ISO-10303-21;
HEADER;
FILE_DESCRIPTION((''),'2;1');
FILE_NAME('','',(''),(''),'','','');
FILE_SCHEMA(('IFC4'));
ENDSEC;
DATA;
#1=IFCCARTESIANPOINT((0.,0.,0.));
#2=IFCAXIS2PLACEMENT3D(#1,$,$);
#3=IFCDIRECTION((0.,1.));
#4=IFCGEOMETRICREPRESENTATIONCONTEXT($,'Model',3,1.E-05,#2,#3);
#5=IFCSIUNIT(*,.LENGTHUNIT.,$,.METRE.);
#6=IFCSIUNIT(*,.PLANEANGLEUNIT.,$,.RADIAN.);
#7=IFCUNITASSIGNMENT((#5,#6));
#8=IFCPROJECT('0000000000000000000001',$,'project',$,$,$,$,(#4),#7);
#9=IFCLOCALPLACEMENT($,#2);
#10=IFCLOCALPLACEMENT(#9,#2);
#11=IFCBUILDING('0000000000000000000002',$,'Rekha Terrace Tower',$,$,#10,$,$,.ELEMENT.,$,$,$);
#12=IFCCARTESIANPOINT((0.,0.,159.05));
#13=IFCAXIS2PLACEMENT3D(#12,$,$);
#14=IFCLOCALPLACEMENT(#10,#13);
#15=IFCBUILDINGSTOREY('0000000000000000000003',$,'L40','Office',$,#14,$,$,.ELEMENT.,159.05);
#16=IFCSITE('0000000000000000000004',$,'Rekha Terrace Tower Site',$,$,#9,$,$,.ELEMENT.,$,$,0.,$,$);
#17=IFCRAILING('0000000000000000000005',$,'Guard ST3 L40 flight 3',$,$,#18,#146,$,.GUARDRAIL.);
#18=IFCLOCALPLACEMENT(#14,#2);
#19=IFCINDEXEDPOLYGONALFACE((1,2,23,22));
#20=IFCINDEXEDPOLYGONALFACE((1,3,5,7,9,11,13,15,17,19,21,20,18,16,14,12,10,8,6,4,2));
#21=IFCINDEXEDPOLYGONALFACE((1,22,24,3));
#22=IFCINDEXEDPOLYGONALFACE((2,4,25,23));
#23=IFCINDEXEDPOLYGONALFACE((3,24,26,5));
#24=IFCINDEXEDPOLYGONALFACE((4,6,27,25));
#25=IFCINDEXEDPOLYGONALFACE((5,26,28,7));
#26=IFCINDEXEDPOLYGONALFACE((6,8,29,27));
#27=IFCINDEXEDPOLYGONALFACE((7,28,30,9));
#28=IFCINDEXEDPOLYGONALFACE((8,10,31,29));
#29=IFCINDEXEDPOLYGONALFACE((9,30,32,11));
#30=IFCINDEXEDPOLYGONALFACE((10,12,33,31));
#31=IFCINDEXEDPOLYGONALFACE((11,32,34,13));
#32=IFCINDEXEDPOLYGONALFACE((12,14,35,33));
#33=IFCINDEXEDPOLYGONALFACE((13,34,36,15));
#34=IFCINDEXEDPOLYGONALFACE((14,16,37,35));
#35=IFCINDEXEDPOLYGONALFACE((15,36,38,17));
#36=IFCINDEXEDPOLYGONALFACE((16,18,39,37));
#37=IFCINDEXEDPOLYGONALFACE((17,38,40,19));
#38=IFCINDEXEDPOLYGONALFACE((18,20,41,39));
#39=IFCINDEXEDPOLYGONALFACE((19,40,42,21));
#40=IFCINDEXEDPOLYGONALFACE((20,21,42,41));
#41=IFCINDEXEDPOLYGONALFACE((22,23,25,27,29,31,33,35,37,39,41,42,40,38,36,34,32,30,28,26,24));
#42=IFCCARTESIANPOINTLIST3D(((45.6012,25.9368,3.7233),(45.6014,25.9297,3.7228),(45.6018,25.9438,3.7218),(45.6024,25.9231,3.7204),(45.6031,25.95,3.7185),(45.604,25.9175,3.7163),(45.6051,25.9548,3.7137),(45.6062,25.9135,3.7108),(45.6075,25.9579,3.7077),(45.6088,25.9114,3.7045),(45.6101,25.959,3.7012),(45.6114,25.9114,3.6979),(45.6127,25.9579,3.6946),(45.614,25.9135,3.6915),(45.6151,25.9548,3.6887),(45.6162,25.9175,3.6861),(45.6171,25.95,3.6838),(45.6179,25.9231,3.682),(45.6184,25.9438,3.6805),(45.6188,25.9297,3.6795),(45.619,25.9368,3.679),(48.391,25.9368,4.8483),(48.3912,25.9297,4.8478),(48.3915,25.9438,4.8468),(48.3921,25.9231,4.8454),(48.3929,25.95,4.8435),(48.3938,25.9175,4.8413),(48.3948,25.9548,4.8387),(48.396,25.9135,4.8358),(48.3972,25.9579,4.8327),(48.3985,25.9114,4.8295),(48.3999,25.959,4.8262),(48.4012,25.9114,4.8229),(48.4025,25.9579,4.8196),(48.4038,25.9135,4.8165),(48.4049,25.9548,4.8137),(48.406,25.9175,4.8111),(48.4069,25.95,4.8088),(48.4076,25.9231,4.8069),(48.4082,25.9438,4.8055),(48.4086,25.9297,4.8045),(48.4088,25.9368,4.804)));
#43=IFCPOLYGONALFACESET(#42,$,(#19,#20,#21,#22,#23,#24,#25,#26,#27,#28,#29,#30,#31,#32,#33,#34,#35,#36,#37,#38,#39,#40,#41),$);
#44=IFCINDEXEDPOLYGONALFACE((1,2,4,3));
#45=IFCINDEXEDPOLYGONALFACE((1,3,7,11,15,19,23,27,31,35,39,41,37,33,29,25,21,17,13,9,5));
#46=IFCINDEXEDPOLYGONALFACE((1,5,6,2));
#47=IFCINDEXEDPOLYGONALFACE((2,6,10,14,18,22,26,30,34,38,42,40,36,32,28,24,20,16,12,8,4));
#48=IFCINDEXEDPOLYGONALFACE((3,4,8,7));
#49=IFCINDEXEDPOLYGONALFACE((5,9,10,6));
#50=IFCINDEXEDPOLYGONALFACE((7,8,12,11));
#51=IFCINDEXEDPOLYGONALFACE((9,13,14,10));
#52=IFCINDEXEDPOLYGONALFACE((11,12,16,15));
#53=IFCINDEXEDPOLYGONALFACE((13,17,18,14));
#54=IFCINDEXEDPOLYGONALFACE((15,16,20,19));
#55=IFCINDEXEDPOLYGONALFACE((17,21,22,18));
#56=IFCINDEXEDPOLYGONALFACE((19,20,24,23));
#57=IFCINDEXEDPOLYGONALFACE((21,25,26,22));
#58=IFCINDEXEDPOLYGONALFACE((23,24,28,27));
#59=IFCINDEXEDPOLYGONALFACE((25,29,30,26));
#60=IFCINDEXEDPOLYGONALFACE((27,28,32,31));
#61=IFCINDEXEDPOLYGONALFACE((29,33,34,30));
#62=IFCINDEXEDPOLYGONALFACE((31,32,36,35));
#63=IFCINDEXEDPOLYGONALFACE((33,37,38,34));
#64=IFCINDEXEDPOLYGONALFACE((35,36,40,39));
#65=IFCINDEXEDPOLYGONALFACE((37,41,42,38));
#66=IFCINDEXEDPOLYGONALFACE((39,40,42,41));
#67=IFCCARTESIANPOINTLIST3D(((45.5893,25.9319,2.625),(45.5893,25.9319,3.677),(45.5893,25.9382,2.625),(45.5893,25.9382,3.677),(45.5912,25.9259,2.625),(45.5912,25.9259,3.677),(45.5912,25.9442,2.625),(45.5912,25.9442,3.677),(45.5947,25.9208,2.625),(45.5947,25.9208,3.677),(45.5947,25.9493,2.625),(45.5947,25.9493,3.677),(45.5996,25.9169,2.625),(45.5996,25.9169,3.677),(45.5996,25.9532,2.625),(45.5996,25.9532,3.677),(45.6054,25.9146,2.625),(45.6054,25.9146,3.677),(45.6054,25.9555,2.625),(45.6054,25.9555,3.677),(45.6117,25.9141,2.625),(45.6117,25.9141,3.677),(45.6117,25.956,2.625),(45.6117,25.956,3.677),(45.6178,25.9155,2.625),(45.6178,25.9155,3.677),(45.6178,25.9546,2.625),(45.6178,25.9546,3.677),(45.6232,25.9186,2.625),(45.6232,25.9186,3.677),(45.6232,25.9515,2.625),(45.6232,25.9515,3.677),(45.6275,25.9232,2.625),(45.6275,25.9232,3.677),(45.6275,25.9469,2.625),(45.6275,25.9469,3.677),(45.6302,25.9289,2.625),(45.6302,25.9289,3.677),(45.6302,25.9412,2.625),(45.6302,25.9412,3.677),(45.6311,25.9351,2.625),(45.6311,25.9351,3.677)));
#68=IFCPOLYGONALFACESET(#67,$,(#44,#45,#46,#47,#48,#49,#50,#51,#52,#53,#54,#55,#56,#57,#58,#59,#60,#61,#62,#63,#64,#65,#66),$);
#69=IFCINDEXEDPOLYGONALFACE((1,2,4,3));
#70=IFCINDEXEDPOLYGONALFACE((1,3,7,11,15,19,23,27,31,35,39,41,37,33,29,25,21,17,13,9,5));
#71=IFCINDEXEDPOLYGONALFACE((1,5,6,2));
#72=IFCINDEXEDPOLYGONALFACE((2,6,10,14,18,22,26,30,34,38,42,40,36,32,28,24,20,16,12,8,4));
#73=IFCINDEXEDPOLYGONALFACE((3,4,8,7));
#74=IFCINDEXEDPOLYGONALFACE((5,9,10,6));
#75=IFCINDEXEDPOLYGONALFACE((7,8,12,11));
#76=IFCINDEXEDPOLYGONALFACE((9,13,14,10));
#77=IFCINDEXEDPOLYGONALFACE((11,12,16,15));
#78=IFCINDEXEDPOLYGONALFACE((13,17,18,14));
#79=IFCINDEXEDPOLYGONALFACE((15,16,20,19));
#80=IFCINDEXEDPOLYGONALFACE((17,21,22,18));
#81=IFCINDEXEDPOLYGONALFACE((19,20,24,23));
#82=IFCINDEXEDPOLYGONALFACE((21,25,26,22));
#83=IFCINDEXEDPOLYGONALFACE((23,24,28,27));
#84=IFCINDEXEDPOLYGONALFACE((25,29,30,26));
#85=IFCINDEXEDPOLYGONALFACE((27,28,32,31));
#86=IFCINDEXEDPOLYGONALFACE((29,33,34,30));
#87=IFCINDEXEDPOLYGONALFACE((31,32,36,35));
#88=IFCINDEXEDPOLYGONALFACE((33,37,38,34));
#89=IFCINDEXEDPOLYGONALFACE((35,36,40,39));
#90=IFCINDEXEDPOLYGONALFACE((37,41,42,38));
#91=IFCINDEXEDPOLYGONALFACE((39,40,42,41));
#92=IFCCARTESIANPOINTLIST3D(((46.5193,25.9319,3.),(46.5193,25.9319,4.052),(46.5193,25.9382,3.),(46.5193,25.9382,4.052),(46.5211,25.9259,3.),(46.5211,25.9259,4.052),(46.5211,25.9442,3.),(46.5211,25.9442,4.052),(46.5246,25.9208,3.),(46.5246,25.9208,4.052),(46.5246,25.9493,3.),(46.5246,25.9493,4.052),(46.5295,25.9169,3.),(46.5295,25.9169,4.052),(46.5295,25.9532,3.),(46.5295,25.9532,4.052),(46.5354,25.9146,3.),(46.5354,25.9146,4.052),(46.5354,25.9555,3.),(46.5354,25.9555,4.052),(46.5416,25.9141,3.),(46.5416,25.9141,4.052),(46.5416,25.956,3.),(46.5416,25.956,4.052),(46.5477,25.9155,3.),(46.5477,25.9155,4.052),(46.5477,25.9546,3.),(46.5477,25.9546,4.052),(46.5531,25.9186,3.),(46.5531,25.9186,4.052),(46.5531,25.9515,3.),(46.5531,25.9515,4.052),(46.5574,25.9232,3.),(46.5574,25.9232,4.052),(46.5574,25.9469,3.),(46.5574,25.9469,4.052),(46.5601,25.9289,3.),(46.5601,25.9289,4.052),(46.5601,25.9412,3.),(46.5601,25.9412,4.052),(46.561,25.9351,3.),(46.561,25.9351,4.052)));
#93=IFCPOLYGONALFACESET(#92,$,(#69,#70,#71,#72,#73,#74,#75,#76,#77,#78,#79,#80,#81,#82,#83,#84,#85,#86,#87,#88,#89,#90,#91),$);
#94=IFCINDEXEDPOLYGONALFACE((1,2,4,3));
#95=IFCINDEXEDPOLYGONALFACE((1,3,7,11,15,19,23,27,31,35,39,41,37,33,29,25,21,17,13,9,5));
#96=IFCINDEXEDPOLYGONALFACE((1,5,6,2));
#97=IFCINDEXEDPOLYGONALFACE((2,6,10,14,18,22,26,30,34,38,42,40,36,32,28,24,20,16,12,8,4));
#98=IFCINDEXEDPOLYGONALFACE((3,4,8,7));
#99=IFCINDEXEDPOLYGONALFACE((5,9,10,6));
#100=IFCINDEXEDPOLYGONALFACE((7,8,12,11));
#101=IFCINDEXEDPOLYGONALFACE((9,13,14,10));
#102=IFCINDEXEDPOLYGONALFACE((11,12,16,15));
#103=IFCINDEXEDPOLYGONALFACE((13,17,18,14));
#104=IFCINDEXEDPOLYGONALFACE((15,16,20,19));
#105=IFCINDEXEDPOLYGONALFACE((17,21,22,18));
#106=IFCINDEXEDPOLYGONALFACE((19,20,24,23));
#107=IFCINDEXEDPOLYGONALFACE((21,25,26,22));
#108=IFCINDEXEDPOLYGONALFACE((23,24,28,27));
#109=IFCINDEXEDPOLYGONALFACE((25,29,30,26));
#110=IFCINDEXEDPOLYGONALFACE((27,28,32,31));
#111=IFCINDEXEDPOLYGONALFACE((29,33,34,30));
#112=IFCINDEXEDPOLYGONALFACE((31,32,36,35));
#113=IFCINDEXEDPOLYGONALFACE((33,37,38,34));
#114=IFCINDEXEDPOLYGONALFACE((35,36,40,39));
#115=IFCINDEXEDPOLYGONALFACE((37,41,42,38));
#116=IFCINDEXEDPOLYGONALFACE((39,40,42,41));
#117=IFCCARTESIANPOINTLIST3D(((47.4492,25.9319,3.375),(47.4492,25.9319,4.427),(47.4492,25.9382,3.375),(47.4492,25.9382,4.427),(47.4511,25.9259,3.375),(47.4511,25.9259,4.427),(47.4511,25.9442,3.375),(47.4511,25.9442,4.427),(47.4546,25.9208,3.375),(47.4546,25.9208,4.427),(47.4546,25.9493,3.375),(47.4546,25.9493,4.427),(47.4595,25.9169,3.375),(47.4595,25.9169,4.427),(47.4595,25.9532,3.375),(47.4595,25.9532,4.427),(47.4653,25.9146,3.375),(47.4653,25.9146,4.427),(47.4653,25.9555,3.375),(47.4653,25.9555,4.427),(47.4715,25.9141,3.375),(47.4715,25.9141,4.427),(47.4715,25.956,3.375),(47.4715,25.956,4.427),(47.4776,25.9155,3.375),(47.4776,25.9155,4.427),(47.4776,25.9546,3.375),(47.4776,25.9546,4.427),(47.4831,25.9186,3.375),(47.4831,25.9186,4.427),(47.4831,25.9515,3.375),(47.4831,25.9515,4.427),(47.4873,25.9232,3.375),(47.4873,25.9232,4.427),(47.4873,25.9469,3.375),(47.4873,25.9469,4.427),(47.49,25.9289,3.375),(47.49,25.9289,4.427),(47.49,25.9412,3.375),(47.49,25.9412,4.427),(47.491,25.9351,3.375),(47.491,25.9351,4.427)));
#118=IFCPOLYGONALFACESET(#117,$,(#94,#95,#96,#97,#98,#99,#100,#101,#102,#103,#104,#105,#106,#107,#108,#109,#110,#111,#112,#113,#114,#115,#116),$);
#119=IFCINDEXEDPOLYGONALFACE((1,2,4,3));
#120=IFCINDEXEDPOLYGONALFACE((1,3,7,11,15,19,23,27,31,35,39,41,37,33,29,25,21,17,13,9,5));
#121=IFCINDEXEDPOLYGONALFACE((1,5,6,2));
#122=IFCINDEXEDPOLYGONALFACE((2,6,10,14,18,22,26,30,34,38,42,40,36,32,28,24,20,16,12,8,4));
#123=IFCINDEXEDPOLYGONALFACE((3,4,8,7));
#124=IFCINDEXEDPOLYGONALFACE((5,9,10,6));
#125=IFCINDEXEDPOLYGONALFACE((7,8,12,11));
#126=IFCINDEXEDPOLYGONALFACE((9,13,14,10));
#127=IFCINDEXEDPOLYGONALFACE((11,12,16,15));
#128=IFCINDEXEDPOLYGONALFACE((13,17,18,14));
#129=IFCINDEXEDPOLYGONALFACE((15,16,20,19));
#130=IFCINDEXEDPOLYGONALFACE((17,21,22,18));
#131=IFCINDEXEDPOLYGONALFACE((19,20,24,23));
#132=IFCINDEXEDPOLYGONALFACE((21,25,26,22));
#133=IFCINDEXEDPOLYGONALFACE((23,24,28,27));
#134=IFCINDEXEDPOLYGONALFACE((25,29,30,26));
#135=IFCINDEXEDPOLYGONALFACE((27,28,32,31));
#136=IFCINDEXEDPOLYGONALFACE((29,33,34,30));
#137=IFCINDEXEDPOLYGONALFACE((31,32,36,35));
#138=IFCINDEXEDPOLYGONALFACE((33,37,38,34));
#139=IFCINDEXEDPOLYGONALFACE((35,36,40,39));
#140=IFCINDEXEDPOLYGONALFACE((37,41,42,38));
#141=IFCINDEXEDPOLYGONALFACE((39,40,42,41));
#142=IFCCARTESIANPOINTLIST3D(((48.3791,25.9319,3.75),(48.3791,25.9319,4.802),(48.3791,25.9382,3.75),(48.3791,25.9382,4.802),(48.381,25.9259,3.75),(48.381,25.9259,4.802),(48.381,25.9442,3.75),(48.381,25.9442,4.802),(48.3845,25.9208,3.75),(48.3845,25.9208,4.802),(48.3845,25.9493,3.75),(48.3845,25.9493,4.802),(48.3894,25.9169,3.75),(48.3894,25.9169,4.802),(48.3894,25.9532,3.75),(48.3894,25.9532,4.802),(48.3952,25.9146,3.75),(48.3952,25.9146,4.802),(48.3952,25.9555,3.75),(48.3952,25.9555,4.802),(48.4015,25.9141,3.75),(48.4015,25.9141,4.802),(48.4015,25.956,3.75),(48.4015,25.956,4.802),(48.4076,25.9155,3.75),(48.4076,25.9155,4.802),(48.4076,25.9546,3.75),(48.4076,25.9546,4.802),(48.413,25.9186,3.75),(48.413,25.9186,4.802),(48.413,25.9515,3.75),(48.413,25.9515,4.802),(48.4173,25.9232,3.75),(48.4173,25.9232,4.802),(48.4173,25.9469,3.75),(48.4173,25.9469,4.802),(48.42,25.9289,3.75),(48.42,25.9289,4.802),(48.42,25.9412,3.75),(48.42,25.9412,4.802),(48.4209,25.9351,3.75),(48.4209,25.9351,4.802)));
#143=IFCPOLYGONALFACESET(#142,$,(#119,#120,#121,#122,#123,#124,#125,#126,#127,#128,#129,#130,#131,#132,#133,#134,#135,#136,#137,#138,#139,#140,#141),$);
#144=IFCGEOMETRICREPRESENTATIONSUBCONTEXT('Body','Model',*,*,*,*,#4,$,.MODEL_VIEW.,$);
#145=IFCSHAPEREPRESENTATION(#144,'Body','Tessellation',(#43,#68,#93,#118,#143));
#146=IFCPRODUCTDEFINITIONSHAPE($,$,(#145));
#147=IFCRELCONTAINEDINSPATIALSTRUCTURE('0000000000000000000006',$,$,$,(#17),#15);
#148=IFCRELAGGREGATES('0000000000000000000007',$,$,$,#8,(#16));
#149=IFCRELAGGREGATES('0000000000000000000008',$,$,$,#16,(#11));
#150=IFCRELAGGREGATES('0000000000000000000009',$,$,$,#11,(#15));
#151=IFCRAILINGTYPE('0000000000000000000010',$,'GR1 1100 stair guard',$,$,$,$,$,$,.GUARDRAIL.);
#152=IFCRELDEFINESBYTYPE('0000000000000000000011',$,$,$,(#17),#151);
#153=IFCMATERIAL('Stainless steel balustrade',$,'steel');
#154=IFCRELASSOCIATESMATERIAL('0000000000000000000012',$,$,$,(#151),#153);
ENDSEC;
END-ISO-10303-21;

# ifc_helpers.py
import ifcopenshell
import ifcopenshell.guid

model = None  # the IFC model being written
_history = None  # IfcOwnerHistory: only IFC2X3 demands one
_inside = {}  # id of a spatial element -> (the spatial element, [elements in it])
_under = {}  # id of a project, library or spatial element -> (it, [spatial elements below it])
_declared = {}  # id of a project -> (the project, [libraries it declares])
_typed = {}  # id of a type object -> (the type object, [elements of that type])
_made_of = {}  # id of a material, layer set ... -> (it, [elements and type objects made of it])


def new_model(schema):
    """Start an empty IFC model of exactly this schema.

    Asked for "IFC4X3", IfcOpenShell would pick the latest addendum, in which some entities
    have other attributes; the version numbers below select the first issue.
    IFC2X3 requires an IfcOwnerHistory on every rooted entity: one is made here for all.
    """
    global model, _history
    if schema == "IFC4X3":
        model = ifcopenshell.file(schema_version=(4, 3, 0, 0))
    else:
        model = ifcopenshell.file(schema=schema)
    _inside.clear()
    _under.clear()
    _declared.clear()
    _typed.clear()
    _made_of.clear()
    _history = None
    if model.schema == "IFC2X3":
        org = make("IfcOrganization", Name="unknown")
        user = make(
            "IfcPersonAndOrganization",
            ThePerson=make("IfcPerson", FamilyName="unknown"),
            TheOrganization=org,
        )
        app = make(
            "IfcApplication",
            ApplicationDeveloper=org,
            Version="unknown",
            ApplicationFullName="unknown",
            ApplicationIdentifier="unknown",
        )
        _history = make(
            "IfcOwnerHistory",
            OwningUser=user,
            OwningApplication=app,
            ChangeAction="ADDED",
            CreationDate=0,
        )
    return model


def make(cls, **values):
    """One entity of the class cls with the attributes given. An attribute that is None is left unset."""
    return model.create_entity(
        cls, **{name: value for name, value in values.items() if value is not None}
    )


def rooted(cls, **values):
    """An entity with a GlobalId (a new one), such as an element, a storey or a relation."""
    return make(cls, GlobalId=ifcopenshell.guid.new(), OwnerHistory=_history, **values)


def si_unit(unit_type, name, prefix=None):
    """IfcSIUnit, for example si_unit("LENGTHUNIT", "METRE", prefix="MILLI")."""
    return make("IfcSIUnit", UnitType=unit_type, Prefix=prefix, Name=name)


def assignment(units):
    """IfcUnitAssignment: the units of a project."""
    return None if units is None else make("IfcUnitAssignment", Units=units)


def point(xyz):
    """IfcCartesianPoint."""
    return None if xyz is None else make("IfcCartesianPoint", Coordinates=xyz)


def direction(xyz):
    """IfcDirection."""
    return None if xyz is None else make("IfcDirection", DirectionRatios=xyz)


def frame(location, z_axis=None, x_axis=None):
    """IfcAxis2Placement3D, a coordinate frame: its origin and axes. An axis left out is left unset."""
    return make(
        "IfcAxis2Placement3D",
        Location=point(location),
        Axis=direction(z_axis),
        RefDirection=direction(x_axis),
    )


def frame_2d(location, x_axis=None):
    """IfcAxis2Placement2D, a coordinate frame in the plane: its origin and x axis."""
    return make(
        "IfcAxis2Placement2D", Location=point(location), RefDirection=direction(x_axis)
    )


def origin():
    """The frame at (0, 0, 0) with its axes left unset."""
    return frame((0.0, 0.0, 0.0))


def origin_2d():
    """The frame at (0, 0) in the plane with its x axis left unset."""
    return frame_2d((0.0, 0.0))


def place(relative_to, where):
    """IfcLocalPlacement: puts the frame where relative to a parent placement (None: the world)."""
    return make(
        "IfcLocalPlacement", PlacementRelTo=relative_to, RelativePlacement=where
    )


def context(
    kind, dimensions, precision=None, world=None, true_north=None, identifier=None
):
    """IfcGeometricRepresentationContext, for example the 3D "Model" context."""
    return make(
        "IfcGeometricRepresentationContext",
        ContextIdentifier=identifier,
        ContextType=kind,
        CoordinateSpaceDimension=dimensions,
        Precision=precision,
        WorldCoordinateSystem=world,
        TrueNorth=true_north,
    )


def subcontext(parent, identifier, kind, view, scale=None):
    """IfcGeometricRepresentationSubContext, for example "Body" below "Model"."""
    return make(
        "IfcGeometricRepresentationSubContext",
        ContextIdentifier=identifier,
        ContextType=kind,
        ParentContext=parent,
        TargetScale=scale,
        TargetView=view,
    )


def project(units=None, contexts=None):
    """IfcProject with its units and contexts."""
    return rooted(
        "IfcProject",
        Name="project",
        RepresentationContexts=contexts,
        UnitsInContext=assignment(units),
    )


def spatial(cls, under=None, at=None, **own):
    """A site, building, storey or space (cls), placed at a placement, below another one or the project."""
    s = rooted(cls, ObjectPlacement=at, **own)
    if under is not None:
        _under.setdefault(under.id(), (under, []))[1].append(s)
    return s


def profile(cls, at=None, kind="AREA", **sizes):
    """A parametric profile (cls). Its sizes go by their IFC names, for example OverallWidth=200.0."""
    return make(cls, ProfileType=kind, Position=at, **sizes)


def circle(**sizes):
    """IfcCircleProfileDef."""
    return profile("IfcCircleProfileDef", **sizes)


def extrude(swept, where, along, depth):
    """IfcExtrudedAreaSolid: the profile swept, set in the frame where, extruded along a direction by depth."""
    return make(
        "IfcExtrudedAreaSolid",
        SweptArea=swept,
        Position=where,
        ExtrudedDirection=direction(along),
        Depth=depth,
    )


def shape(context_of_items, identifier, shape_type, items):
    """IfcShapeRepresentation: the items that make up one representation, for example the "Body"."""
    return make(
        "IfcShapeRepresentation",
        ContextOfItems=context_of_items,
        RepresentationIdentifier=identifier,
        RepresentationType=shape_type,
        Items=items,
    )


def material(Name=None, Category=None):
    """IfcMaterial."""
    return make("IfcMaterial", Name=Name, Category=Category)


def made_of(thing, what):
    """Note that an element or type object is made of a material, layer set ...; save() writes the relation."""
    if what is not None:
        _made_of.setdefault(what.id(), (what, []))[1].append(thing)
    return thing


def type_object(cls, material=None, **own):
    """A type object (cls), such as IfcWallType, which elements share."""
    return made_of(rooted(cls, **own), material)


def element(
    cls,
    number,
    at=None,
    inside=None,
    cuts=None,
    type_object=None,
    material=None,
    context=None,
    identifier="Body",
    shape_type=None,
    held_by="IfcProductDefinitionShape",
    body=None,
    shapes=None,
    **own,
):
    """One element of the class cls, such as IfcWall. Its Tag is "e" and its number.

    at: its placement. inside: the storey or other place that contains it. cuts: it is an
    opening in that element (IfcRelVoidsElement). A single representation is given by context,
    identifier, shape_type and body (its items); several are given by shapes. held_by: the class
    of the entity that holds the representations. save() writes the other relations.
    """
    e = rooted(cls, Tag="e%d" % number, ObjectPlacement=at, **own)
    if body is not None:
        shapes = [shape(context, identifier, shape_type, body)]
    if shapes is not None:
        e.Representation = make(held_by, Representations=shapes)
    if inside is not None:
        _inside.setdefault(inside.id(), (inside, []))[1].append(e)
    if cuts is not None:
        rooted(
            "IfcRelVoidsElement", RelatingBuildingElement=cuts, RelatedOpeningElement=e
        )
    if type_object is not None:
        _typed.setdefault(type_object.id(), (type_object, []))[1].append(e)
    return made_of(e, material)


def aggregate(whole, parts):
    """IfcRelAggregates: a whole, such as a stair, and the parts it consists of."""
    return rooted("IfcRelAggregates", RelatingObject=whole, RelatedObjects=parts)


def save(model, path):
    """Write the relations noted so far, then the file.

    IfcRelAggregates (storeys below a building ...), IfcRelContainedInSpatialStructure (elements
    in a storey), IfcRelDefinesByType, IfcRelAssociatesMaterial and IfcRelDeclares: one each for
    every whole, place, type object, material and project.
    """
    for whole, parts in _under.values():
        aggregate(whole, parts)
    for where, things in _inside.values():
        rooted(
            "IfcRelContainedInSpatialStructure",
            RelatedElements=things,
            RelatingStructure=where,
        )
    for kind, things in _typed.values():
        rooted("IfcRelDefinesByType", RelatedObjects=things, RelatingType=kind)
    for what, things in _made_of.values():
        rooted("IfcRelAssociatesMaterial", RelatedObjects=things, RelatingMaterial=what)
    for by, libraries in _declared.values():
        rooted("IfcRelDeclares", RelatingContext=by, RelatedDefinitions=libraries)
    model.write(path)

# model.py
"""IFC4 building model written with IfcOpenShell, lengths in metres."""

from ifc_helpers import new_model, si_unit, direction, frame, origin, origin_2d, place, context, subcontext, project, spatial, circle, extrude, material, type_object, element, save


model = new_model("IFC4")

# Units and contexts
model_context = context("Model", 3, precision=1e-05, world=origin(), true_north=direction((0.0, 1.0)))
body_context = subcontext(model_context, "Body", "Model", "MODEL_VIEW")
ifc_project = project(units=[si_unit("LENGTHUNIT", "METRE"), si_unit("PLANEANGLEUNIT", "RADIAN")], contexts=[model_context])

# Site, building, storey
site_placement = place(None, origin())
site = spatial("IfcSite", under=ifc_project, at=site_placement, Name="Rekha Terrace Tower Site", CompositionType="ELEMENT", RefElevation=0.0)
building_placement = place(site_placement, origin())
building = spatial("IfcBuilding", under=site, at=building_placement, Name="Rekha Terrace Tower", CompositionType="ELEMENT")
storey_placement = place(building_placement, frame((0.0, 0.0, 159.05)))
storey = spatial("IfcBuildingStorey", under=building, at=storey_placement, Name="L40", Description="Office", CompositionType="ELEMENT", Elevation=159.05)

# Railing
ifc_material_1 = material(Name="Stainless steel balustrade", Category="steel")
railing_type_1 = type_object("IfcRailingType", Name="GR1 1100 stair guard", PredefinedType="GUARDRAIL", material=ifc_material_1)
railing_1_placement = place(storey_placement, frame((45.6101, 25.9351, 2.625)))
element("IfcRailing", 1, at=railing_1_placement, inside=storey, type_object=railing_type_1, Name="Guard ST3 L40 flight 3", PredefinedType="GUARDRAIL", context=body_context, shape_type="SweptSolid", body=[
    extrude(circle(Radius=0.0239, at=origin_2d()), frame((0.0, 0.0, 1.0762), z_axis=(0.927432, 0.0, 0.373992), x_axis=(0.0, 1.0, 0.0)), (0.0, 0.0, 1.0), 3.0081),
    extrude(circle(Radius=0.021, at=origin_2d()), origin(), (0.0, 0.0, 1.0), 1.052),
    extrude(circle(Radius=0.021, at=origin_2d()), frame((0.9299, 0.0, 0.375)), (0.0, 0.0, 1.0), 1.052),
    extrude(circle(Radius=0.021, at=origin_2d()), frame((1.8599, 0.0, 0.75)), (0.0, 0.0, 1.0), 1.052),
    extrude(circle(Radius=0.021, at=origin_2d()), frame((2.7898, 0.0, 1.125)), (0.0, 0.0, 1.0), 1.052),
])

save(model, "model.ifc")
